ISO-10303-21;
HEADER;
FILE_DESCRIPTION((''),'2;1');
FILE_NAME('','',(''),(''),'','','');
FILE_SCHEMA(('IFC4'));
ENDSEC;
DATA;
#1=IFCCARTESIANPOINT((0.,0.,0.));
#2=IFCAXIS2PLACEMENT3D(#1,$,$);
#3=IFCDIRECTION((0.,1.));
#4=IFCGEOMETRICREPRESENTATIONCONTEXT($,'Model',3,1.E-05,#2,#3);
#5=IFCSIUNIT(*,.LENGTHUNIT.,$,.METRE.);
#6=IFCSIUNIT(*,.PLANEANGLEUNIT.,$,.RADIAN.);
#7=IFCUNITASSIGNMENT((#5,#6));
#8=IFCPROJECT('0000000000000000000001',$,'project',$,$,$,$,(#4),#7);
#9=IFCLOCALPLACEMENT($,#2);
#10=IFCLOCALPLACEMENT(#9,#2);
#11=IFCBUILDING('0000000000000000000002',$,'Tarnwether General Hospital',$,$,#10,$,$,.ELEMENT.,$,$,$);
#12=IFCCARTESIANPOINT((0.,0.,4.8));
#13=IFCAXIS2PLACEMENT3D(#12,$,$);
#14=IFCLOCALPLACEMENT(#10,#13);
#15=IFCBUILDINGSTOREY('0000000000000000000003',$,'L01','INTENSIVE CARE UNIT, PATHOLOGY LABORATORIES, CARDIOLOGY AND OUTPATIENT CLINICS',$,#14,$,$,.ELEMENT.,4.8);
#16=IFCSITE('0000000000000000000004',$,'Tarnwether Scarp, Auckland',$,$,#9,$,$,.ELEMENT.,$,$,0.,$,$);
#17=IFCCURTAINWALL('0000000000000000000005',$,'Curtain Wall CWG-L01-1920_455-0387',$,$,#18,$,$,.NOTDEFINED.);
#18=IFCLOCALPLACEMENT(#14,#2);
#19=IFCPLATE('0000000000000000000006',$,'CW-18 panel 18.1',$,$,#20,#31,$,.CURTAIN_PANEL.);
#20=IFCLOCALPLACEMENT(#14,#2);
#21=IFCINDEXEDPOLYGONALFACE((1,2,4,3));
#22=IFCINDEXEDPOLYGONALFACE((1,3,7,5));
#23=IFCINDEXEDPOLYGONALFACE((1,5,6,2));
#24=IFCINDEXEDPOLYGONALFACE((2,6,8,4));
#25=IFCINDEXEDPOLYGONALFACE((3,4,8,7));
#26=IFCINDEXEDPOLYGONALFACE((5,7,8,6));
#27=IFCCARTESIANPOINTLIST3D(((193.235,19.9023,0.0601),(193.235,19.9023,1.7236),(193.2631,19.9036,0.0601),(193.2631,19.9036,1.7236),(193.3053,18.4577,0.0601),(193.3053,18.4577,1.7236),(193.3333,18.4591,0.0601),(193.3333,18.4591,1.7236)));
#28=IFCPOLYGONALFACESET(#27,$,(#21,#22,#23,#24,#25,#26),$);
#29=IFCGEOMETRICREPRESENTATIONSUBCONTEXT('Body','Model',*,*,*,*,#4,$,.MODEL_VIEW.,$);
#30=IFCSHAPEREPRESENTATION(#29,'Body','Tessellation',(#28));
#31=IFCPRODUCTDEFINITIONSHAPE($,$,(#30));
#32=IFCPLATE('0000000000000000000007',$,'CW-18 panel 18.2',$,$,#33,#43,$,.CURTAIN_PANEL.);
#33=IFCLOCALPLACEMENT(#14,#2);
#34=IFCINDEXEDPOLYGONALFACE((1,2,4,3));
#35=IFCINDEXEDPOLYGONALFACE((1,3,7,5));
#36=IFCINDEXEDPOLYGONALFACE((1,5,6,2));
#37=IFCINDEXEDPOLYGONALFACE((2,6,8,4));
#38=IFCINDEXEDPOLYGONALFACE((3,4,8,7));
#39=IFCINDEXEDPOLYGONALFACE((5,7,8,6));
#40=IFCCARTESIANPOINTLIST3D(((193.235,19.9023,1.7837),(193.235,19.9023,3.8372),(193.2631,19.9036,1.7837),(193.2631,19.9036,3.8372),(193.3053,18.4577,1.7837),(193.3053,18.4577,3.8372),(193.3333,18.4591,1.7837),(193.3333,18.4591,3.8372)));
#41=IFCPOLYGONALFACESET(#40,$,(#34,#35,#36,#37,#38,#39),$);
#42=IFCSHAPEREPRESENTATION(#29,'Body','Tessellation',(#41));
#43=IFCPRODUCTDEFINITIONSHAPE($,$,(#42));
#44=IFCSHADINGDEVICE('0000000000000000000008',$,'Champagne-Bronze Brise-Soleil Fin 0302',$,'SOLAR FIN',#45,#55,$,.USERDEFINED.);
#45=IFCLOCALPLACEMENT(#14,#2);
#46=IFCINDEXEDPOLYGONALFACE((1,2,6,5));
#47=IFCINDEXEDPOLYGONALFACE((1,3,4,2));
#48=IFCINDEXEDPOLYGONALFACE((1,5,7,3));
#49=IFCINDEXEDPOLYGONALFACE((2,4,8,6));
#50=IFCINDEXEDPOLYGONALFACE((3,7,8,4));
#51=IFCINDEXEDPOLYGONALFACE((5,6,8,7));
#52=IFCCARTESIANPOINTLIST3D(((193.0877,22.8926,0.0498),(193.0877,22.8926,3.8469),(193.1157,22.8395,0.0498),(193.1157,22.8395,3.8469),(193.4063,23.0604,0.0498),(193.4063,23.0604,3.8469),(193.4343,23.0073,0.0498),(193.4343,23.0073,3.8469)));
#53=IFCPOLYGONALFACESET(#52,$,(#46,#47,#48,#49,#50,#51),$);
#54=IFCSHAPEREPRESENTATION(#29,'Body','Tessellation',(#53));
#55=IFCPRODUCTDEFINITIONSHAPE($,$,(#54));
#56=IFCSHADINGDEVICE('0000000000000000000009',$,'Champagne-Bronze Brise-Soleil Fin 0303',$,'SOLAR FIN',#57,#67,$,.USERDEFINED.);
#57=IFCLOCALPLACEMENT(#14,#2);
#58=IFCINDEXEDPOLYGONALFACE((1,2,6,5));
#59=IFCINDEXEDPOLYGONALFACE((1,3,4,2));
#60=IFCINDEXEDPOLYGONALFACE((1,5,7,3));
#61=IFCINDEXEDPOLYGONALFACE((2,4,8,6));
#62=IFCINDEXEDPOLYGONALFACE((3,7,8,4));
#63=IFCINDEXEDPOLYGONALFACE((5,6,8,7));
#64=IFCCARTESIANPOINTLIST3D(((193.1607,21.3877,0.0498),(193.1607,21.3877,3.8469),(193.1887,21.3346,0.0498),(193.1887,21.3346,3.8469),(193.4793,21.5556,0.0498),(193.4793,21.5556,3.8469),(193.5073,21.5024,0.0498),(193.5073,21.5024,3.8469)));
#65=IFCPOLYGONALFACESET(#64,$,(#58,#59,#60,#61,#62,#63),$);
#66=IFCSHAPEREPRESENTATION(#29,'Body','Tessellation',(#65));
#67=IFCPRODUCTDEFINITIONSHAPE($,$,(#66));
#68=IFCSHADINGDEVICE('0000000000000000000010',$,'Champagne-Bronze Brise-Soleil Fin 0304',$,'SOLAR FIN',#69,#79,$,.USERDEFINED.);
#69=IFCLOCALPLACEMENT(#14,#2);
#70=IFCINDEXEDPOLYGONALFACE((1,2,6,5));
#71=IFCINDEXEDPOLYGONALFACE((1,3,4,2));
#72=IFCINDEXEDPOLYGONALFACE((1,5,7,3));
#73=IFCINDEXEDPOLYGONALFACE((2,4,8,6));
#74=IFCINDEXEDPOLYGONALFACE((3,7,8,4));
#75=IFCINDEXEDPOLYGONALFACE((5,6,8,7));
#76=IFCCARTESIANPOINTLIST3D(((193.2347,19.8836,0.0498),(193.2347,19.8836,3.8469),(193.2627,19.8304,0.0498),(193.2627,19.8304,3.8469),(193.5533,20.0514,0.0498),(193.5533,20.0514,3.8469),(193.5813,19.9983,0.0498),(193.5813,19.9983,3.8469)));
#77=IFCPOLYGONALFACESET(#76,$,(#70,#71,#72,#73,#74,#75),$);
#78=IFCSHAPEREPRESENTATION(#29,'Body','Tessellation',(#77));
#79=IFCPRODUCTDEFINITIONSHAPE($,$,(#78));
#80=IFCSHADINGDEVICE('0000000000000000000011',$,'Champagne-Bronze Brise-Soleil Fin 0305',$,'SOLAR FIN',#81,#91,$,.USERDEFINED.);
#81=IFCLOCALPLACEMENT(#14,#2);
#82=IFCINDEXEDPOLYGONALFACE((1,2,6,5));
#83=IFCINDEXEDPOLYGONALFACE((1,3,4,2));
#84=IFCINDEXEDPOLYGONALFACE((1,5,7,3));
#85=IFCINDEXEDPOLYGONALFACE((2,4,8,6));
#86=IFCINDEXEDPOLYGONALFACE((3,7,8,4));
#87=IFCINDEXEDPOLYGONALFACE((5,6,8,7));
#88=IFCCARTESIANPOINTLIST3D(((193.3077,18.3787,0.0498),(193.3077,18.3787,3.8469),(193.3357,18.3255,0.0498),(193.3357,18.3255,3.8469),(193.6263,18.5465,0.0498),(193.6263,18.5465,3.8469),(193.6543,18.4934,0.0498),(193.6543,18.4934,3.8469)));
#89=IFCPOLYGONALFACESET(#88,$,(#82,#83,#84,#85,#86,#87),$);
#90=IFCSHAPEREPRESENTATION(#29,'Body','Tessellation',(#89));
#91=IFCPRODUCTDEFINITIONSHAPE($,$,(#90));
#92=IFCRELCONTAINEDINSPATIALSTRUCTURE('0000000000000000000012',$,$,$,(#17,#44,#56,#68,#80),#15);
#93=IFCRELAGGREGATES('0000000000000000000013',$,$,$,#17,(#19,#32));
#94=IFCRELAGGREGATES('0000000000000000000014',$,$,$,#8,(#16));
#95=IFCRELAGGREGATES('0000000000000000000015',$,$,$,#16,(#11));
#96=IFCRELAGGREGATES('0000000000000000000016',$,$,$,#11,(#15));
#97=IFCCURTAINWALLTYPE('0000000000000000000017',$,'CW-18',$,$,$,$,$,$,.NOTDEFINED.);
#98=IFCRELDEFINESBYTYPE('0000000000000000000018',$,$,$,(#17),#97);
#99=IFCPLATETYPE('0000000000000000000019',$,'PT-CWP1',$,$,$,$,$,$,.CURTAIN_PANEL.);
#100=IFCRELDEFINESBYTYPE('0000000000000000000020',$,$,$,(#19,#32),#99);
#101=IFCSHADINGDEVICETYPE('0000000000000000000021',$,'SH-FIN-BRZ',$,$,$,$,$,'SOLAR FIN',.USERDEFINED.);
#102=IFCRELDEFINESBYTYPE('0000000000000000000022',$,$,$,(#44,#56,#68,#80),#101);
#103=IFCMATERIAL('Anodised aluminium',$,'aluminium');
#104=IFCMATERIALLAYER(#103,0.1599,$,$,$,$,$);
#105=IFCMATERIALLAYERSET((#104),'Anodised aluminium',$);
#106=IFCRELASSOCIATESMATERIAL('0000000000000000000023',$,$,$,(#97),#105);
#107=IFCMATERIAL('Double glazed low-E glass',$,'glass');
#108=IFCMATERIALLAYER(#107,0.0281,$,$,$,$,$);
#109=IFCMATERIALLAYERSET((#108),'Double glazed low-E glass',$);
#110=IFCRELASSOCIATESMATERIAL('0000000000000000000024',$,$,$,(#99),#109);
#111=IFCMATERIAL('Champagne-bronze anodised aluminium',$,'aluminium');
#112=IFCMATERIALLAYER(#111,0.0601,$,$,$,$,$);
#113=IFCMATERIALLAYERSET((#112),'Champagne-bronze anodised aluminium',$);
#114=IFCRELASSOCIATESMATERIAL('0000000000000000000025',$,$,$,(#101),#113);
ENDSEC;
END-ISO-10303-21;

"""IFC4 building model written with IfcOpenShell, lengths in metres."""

from ifc_helpers import new_model, si_unit, direction, frame, origin, origin_2d, place, context, subcontext, project, spatial, rectangle, extrude, material, layer, layer_set, type_object, element, aggregate, save


model = new_model("IFC4")

# Units and contexts
model_context = context("Model", 3, precision=1e-05, world=origin(), true_north=direction((0.0, 1.0)))
body_context = subcontext(model_context, "Body", "Model", "MODEL_VIEW")
ifc_project = project(units=[si_unit("LENGTHUNIT", "METRE"), si_unit("PLANEANGLEUNIT", "RADIAN")], contexts=[model_context])

# Site, building, storey
site_placement = place(None, origin())
site = spatial("IfcSite", under=ifc_project, at=site_placement, Name="Tarnwether Scarp, Auckland", CompositionType="ELEMENT", RefElevation=0.0)
building_placement = place(site_placement, origin())
building = spatial("IfcBuilding", under=site, at=building_placement, Name="Tarnwether General Hospital", CompositionType="ELEMENT")
storey_placement = place(building_placement, frame((0.0, 0.0, 4.8)))
storey = spatial("IfcBuildingStorey", under=building, at=storey_placement, Name="L01", Description="INTENSIVE CARE UNIT, PATHOLOGY LABORATORIES, CARDIOLOGY AND OUTPATIENT CLINICS", CompositionType="ELEMENT", Elevation=4.8)

# Curtain wall, plates
ifc_material_1 = material(Name="Anodised aluminium", Category="aluminium")
ifc_layer_1 = layer(ifc_material_1, 0.1599)
ifc_layer_set_1 = layer_set([ifc_layer_1], Name="Anodised aluminium")
curtain_wall_type = type_object("IfcCurtainWallType", Name="CW-18", PredefinedType="NOTDEFINED", material=ifc_layer_set_1)
curtain_wall_placement = place(storey_placement, origin())
curtain_wall = element("IfcCurtainWall", 1, at=curtain_wall_placement, inside=storey, type_object=curtain_wall_type, Name="Curtain Wall CWG-L01-1920_455-0387", PredefinedType="NOTDEFINED")
ifc_material_2 = material(Name="Double glazed low-E glass", Category="glass")
ifc_layer_2 = layer(ifc_material_2, 0.0281)
ifc_layer_set_2 = layer_set([ifc_layer_2], Name="Double glazed low-E glass")
plate_type = type_object("IfcPlateType", Name="PT-CWP1", PredefinedType="CURTAIN_PANEL", material=ifc_layer_set_2)
plate_1_placement = place(storey_placement, frame((193.2842, 19.1807, 0.0601), z_axis=(0.0, 0.0, 1.0), x_axis=(0.04857, -0.99882, 0.0)))
plate_1 = element("IfcPlate", 2, at=plate_1_placement, type_object=plate_type, Name="CW-18 panel 18.1", PredefinedType="CURTAIN_PANEL", context=body_context, shape_type="SweptSolid", body=[
    extrude(rectangle(XDim=1.4463, YDim=0.0281, at=origin_2d()), origin(), (0.0, 0.0, 1.0), 1.6636),
])
plate_2_placement = place(storey_placement, frame((193.2842, 19.1807, 1.7837), z_axis=(0.0, 0.0, 1.0), x_axis=(0.04857, -0.99882, 0.0)))
plate_2 = element("IfcPlate", 3, at=plate_2_placement, type_object=plate_type, Name="CW-18 panel 18.2", PredefinedType="CURTAIN_PANEL", context=body_context, shape_type="SweptSolid", body=[
    extrude(rectangle(XDim=1.4463, YDim=0.0281, at=origin_2d()), origin(), (0.0, 0.0, 1.0), 2.0535),
])
aggregate(curtain_wall, [plate_1, plate_2])

# Shading devices
ifc_material_3 = material(Name="Champagne-bronze anodised aluminium", Category="aluminium")
ifc_layer_3 = layer(ifc_material_3, 0.0601)
ifc_layer_set_3 = layer_set([ifc_layer_3], Name="Champagne-bronze anodised aluminium")
shading_device_type = type_object("IfcShadingDeviceType", Name="SH-FIN-BRZ", ElementType="SOLAR FIN", PredefinedType="USERDEFINED", material=ifc_layer_set_3)
for number, where, z_axis, x_axis, name in (
    (4, (193.261, 22.95, 0.0498), (0.0, 0.0, 1.0), (0.466078, -0.884744, 0.0), "Champagne-Bronze Brise-Soleil Fin 0302"),
    (5, (193.334, 21.4451, 0.0498), (0.0, 0.0, 1.0), (0.466078, -0.884744, 0.0), "Champagne-Bronze Brise-Soleil Fin 0303"),
    (6, (193.408, 19.9409, 0.0498), (0.0, 0.0, 1.0), (0.466078, -0.884744, 0.0), "Champagne-Bronze Brise-Soleil Fin 0304"),
    (7, (193.481, 18.436, 0.0498), (0.0, 0.0, 1.0), (0.466078, -0.884744, 0.0), "Champagne-Bronze Brise-Soleil Fin 0305"),
):
    element("IfcShadingDevice", number, at=place(storey_placement, frame(where, z_axis=z_axis, x_axis=x_axis)), inside=storey, type_object=shading_device_type, Name=name, ObjectType="SOLAR FIN", PredefinedType="USERDEFINED", context=body_context, shape_type="SweptSolid", body=[
        extrude(rectangle(XDim=0.0601, YDim=0.3601, at=origin_2d()), origin(), (0.0, 0.0, 1.0), 3.7971),
    ])

save(model, "model.ifc")
